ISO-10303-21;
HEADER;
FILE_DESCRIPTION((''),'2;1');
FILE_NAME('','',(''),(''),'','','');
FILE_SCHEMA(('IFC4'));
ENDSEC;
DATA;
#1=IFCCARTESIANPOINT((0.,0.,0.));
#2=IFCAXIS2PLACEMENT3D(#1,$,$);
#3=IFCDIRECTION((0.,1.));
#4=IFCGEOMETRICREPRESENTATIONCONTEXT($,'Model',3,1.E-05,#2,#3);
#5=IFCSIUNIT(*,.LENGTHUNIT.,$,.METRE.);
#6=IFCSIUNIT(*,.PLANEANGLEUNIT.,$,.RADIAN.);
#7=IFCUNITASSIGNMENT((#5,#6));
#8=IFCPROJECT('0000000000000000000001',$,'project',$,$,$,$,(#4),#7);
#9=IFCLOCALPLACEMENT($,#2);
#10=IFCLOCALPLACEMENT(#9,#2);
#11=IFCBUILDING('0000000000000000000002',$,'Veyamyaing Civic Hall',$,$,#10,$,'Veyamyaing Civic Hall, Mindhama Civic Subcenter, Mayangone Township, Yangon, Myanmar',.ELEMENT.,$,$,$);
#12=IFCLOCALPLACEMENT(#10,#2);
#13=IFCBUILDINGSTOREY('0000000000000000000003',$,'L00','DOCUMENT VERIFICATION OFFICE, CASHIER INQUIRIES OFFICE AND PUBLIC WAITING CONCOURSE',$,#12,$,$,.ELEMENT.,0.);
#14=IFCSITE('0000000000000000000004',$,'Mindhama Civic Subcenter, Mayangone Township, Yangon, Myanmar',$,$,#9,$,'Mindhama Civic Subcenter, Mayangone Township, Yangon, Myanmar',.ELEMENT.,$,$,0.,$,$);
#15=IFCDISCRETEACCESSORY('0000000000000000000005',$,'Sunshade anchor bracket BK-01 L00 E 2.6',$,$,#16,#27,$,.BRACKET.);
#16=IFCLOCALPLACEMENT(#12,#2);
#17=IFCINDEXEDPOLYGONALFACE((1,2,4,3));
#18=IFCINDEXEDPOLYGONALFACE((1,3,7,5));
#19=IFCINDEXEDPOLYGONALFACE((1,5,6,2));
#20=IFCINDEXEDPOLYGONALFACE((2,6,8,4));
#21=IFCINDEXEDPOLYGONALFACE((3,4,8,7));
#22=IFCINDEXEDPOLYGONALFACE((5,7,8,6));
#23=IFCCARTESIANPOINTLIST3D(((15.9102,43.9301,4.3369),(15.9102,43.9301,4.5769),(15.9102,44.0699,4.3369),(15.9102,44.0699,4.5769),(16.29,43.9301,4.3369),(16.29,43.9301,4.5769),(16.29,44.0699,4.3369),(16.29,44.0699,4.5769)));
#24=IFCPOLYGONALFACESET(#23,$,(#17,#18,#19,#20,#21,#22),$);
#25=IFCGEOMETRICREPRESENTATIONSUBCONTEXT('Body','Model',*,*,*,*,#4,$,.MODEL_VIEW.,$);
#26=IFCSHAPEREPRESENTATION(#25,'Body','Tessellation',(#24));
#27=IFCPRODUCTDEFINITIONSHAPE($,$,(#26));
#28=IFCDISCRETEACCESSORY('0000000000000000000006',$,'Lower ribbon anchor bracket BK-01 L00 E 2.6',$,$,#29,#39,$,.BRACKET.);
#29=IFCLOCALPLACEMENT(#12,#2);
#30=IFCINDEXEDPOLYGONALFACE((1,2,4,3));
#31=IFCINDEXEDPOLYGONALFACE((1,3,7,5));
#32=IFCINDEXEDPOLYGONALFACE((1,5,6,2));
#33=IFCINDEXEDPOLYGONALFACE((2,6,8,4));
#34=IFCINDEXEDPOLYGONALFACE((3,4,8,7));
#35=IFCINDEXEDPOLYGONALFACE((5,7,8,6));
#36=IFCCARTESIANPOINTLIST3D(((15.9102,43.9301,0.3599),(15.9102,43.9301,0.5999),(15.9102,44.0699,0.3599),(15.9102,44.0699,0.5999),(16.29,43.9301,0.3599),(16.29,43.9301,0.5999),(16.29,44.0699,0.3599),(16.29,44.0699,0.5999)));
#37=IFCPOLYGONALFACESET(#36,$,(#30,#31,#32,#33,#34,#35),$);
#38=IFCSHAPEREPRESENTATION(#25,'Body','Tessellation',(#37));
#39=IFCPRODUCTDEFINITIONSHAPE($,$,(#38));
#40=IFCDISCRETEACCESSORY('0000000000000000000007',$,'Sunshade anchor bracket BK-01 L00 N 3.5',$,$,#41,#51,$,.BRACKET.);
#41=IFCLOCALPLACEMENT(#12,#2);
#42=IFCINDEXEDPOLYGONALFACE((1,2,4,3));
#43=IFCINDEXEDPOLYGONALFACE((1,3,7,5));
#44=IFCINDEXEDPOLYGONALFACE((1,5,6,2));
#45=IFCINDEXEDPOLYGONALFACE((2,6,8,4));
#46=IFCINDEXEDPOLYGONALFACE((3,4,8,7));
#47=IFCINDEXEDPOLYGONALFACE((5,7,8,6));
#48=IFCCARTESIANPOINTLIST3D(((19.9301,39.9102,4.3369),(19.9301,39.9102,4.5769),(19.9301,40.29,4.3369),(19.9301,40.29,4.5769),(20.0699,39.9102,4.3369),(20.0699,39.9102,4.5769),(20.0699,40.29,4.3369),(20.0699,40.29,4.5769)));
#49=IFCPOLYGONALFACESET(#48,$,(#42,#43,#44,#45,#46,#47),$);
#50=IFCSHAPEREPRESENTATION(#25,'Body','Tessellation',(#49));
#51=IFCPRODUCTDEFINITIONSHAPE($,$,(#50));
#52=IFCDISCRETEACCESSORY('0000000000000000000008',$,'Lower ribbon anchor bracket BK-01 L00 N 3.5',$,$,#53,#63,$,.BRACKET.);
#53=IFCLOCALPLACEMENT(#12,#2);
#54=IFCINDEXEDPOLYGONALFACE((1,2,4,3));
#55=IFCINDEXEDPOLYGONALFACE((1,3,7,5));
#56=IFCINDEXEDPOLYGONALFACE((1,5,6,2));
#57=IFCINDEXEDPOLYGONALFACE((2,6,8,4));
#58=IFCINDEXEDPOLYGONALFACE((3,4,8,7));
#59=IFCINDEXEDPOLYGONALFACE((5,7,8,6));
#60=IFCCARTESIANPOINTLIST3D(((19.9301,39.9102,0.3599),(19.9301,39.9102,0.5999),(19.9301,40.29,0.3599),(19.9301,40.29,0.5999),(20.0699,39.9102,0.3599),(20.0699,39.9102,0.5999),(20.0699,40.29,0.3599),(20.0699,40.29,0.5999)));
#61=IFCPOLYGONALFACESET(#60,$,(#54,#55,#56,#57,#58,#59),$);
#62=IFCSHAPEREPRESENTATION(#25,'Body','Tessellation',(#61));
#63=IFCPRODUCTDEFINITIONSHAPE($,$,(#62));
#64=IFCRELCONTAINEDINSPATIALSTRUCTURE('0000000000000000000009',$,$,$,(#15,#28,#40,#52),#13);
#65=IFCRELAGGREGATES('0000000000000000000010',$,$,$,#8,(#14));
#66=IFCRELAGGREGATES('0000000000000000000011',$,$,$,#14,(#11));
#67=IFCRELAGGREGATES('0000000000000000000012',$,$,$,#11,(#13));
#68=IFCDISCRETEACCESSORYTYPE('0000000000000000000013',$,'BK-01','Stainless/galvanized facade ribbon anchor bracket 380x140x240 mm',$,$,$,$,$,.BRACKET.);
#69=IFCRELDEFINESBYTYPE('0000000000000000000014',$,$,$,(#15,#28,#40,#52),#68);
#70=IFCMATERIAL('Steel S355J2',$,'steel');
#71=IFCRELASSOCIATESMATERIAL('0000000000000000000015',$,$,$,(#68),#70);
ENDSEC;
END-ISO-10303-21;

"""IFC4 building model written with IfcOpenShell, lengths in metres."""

from ifc_helpers import new_model, si_unit, direction, frame, origin, origin_2d, place, context, subcontext, project, spatial, rectangle, extrude, material, type_object, element, save


model = new_model("IFC4")

# Units and contexts
model_context = context("Model", 3, precision=1e-05, world=origin(), true_north=direction((0.0, 1.0)))
body_context = subcontext(model_context, "Body", "Model", "MODEL_VIEW")
ifc_project = project(units=[si_unit("LENGTHUNIT", "METRE"), si_unit("PLANEANGLEUNIT", "RADIAN")], contexts=[model_context])

# Site, building, storey
site_placement = place(None, origin())
site = spatial("IfcSite", under=ifc_project, at=site_placement, Name="Mindhama Civic Subcenter, Mayangone Township, Yangon, Myanmar", LongName="Mindhama Civic Subcenter, Mayangone Township, Yangon, Myanmar", CompositionType="ELEMENT", RefElevation=0.0)
building_placement = place(site_placement, origin())
building = spatial("IfcBuilding", under=site, at=building_placement, Name="Veyamyaing Civic Hall", LongName="Veyamyaing Civic Hall, Mindhama Civic Subcenter, Mayangone Township, Yangon, Myanmar", CompositionType="ELEMENT")
storey_placement = place(building_placement, origin())
storey = spatial("IfcBuildingStorey", under=building, at=storey_placement, Name="L00", Description="DOCUMENT VERIFICATION OFFICE, CASHIER INQUIRIES OFFICE AND PUBLIC WAITING CONCOURSE", CompositionType="ELEMENT", Elevation=0.0)

# Discrete accessories
ifc_material_1 = material(Name="Steel S355J2", Category="steel")
discrete_accessory_type = type_object("IfcDiscreteAccessoryType", Name="BK-01", Description="Stainless/galvanized facade ribbon anchor bracket 380x140x240 mm", PredefinedType="BRACKET", material=ifc_material_1)
for number, where, z_axis, x_axis, name in (
    (1, (16.1001, 44.0, 4.3369), (0.0, 0.0, 1.0), (1.0, 0.0, 0.0), "Sunshade anchor bracket BK-01 L00 E 2.6"),
    (2, (16.1001, 44.0, 0.3599), (0.0, 0.0, 1.0), (1.0, 0.0, 0.0), "Lower ribbon anchor bracket BK-01 L00 E 2.6"),
    (3, (20.0, 40.1001, 4.3369), (0.0, 0.0, 1.0), (0.0, 1.0, 0.0), "Sunshade anchor bracket BK-01 L00 N 3.5"),
    (4, (20.0, 40.1001, 0.3599), (0.0, 0.0, 1.0), (0.0, 1.0, 0.0), "Lower ribbon anchor bracket BK-01 L00 N 3.5"),
):
    element("IfcDiscreteAccessory", number, at=place(storey_placement, frame(where, z_axis=z_axis, x_axis=x_axis)), inside=storey, type_object=discrete_accessory_type, Name=name, PredefinedType="BRACKET", context=body_context, shape_type="SweptSolid", body=[
        extrude(rectangle(XDim=0.3799, YDim=0.1399, at=origin_2d()), origin(), (0.0, 0.0, 1.0), 0.24),
    ])

save(model, "model.ifc")
